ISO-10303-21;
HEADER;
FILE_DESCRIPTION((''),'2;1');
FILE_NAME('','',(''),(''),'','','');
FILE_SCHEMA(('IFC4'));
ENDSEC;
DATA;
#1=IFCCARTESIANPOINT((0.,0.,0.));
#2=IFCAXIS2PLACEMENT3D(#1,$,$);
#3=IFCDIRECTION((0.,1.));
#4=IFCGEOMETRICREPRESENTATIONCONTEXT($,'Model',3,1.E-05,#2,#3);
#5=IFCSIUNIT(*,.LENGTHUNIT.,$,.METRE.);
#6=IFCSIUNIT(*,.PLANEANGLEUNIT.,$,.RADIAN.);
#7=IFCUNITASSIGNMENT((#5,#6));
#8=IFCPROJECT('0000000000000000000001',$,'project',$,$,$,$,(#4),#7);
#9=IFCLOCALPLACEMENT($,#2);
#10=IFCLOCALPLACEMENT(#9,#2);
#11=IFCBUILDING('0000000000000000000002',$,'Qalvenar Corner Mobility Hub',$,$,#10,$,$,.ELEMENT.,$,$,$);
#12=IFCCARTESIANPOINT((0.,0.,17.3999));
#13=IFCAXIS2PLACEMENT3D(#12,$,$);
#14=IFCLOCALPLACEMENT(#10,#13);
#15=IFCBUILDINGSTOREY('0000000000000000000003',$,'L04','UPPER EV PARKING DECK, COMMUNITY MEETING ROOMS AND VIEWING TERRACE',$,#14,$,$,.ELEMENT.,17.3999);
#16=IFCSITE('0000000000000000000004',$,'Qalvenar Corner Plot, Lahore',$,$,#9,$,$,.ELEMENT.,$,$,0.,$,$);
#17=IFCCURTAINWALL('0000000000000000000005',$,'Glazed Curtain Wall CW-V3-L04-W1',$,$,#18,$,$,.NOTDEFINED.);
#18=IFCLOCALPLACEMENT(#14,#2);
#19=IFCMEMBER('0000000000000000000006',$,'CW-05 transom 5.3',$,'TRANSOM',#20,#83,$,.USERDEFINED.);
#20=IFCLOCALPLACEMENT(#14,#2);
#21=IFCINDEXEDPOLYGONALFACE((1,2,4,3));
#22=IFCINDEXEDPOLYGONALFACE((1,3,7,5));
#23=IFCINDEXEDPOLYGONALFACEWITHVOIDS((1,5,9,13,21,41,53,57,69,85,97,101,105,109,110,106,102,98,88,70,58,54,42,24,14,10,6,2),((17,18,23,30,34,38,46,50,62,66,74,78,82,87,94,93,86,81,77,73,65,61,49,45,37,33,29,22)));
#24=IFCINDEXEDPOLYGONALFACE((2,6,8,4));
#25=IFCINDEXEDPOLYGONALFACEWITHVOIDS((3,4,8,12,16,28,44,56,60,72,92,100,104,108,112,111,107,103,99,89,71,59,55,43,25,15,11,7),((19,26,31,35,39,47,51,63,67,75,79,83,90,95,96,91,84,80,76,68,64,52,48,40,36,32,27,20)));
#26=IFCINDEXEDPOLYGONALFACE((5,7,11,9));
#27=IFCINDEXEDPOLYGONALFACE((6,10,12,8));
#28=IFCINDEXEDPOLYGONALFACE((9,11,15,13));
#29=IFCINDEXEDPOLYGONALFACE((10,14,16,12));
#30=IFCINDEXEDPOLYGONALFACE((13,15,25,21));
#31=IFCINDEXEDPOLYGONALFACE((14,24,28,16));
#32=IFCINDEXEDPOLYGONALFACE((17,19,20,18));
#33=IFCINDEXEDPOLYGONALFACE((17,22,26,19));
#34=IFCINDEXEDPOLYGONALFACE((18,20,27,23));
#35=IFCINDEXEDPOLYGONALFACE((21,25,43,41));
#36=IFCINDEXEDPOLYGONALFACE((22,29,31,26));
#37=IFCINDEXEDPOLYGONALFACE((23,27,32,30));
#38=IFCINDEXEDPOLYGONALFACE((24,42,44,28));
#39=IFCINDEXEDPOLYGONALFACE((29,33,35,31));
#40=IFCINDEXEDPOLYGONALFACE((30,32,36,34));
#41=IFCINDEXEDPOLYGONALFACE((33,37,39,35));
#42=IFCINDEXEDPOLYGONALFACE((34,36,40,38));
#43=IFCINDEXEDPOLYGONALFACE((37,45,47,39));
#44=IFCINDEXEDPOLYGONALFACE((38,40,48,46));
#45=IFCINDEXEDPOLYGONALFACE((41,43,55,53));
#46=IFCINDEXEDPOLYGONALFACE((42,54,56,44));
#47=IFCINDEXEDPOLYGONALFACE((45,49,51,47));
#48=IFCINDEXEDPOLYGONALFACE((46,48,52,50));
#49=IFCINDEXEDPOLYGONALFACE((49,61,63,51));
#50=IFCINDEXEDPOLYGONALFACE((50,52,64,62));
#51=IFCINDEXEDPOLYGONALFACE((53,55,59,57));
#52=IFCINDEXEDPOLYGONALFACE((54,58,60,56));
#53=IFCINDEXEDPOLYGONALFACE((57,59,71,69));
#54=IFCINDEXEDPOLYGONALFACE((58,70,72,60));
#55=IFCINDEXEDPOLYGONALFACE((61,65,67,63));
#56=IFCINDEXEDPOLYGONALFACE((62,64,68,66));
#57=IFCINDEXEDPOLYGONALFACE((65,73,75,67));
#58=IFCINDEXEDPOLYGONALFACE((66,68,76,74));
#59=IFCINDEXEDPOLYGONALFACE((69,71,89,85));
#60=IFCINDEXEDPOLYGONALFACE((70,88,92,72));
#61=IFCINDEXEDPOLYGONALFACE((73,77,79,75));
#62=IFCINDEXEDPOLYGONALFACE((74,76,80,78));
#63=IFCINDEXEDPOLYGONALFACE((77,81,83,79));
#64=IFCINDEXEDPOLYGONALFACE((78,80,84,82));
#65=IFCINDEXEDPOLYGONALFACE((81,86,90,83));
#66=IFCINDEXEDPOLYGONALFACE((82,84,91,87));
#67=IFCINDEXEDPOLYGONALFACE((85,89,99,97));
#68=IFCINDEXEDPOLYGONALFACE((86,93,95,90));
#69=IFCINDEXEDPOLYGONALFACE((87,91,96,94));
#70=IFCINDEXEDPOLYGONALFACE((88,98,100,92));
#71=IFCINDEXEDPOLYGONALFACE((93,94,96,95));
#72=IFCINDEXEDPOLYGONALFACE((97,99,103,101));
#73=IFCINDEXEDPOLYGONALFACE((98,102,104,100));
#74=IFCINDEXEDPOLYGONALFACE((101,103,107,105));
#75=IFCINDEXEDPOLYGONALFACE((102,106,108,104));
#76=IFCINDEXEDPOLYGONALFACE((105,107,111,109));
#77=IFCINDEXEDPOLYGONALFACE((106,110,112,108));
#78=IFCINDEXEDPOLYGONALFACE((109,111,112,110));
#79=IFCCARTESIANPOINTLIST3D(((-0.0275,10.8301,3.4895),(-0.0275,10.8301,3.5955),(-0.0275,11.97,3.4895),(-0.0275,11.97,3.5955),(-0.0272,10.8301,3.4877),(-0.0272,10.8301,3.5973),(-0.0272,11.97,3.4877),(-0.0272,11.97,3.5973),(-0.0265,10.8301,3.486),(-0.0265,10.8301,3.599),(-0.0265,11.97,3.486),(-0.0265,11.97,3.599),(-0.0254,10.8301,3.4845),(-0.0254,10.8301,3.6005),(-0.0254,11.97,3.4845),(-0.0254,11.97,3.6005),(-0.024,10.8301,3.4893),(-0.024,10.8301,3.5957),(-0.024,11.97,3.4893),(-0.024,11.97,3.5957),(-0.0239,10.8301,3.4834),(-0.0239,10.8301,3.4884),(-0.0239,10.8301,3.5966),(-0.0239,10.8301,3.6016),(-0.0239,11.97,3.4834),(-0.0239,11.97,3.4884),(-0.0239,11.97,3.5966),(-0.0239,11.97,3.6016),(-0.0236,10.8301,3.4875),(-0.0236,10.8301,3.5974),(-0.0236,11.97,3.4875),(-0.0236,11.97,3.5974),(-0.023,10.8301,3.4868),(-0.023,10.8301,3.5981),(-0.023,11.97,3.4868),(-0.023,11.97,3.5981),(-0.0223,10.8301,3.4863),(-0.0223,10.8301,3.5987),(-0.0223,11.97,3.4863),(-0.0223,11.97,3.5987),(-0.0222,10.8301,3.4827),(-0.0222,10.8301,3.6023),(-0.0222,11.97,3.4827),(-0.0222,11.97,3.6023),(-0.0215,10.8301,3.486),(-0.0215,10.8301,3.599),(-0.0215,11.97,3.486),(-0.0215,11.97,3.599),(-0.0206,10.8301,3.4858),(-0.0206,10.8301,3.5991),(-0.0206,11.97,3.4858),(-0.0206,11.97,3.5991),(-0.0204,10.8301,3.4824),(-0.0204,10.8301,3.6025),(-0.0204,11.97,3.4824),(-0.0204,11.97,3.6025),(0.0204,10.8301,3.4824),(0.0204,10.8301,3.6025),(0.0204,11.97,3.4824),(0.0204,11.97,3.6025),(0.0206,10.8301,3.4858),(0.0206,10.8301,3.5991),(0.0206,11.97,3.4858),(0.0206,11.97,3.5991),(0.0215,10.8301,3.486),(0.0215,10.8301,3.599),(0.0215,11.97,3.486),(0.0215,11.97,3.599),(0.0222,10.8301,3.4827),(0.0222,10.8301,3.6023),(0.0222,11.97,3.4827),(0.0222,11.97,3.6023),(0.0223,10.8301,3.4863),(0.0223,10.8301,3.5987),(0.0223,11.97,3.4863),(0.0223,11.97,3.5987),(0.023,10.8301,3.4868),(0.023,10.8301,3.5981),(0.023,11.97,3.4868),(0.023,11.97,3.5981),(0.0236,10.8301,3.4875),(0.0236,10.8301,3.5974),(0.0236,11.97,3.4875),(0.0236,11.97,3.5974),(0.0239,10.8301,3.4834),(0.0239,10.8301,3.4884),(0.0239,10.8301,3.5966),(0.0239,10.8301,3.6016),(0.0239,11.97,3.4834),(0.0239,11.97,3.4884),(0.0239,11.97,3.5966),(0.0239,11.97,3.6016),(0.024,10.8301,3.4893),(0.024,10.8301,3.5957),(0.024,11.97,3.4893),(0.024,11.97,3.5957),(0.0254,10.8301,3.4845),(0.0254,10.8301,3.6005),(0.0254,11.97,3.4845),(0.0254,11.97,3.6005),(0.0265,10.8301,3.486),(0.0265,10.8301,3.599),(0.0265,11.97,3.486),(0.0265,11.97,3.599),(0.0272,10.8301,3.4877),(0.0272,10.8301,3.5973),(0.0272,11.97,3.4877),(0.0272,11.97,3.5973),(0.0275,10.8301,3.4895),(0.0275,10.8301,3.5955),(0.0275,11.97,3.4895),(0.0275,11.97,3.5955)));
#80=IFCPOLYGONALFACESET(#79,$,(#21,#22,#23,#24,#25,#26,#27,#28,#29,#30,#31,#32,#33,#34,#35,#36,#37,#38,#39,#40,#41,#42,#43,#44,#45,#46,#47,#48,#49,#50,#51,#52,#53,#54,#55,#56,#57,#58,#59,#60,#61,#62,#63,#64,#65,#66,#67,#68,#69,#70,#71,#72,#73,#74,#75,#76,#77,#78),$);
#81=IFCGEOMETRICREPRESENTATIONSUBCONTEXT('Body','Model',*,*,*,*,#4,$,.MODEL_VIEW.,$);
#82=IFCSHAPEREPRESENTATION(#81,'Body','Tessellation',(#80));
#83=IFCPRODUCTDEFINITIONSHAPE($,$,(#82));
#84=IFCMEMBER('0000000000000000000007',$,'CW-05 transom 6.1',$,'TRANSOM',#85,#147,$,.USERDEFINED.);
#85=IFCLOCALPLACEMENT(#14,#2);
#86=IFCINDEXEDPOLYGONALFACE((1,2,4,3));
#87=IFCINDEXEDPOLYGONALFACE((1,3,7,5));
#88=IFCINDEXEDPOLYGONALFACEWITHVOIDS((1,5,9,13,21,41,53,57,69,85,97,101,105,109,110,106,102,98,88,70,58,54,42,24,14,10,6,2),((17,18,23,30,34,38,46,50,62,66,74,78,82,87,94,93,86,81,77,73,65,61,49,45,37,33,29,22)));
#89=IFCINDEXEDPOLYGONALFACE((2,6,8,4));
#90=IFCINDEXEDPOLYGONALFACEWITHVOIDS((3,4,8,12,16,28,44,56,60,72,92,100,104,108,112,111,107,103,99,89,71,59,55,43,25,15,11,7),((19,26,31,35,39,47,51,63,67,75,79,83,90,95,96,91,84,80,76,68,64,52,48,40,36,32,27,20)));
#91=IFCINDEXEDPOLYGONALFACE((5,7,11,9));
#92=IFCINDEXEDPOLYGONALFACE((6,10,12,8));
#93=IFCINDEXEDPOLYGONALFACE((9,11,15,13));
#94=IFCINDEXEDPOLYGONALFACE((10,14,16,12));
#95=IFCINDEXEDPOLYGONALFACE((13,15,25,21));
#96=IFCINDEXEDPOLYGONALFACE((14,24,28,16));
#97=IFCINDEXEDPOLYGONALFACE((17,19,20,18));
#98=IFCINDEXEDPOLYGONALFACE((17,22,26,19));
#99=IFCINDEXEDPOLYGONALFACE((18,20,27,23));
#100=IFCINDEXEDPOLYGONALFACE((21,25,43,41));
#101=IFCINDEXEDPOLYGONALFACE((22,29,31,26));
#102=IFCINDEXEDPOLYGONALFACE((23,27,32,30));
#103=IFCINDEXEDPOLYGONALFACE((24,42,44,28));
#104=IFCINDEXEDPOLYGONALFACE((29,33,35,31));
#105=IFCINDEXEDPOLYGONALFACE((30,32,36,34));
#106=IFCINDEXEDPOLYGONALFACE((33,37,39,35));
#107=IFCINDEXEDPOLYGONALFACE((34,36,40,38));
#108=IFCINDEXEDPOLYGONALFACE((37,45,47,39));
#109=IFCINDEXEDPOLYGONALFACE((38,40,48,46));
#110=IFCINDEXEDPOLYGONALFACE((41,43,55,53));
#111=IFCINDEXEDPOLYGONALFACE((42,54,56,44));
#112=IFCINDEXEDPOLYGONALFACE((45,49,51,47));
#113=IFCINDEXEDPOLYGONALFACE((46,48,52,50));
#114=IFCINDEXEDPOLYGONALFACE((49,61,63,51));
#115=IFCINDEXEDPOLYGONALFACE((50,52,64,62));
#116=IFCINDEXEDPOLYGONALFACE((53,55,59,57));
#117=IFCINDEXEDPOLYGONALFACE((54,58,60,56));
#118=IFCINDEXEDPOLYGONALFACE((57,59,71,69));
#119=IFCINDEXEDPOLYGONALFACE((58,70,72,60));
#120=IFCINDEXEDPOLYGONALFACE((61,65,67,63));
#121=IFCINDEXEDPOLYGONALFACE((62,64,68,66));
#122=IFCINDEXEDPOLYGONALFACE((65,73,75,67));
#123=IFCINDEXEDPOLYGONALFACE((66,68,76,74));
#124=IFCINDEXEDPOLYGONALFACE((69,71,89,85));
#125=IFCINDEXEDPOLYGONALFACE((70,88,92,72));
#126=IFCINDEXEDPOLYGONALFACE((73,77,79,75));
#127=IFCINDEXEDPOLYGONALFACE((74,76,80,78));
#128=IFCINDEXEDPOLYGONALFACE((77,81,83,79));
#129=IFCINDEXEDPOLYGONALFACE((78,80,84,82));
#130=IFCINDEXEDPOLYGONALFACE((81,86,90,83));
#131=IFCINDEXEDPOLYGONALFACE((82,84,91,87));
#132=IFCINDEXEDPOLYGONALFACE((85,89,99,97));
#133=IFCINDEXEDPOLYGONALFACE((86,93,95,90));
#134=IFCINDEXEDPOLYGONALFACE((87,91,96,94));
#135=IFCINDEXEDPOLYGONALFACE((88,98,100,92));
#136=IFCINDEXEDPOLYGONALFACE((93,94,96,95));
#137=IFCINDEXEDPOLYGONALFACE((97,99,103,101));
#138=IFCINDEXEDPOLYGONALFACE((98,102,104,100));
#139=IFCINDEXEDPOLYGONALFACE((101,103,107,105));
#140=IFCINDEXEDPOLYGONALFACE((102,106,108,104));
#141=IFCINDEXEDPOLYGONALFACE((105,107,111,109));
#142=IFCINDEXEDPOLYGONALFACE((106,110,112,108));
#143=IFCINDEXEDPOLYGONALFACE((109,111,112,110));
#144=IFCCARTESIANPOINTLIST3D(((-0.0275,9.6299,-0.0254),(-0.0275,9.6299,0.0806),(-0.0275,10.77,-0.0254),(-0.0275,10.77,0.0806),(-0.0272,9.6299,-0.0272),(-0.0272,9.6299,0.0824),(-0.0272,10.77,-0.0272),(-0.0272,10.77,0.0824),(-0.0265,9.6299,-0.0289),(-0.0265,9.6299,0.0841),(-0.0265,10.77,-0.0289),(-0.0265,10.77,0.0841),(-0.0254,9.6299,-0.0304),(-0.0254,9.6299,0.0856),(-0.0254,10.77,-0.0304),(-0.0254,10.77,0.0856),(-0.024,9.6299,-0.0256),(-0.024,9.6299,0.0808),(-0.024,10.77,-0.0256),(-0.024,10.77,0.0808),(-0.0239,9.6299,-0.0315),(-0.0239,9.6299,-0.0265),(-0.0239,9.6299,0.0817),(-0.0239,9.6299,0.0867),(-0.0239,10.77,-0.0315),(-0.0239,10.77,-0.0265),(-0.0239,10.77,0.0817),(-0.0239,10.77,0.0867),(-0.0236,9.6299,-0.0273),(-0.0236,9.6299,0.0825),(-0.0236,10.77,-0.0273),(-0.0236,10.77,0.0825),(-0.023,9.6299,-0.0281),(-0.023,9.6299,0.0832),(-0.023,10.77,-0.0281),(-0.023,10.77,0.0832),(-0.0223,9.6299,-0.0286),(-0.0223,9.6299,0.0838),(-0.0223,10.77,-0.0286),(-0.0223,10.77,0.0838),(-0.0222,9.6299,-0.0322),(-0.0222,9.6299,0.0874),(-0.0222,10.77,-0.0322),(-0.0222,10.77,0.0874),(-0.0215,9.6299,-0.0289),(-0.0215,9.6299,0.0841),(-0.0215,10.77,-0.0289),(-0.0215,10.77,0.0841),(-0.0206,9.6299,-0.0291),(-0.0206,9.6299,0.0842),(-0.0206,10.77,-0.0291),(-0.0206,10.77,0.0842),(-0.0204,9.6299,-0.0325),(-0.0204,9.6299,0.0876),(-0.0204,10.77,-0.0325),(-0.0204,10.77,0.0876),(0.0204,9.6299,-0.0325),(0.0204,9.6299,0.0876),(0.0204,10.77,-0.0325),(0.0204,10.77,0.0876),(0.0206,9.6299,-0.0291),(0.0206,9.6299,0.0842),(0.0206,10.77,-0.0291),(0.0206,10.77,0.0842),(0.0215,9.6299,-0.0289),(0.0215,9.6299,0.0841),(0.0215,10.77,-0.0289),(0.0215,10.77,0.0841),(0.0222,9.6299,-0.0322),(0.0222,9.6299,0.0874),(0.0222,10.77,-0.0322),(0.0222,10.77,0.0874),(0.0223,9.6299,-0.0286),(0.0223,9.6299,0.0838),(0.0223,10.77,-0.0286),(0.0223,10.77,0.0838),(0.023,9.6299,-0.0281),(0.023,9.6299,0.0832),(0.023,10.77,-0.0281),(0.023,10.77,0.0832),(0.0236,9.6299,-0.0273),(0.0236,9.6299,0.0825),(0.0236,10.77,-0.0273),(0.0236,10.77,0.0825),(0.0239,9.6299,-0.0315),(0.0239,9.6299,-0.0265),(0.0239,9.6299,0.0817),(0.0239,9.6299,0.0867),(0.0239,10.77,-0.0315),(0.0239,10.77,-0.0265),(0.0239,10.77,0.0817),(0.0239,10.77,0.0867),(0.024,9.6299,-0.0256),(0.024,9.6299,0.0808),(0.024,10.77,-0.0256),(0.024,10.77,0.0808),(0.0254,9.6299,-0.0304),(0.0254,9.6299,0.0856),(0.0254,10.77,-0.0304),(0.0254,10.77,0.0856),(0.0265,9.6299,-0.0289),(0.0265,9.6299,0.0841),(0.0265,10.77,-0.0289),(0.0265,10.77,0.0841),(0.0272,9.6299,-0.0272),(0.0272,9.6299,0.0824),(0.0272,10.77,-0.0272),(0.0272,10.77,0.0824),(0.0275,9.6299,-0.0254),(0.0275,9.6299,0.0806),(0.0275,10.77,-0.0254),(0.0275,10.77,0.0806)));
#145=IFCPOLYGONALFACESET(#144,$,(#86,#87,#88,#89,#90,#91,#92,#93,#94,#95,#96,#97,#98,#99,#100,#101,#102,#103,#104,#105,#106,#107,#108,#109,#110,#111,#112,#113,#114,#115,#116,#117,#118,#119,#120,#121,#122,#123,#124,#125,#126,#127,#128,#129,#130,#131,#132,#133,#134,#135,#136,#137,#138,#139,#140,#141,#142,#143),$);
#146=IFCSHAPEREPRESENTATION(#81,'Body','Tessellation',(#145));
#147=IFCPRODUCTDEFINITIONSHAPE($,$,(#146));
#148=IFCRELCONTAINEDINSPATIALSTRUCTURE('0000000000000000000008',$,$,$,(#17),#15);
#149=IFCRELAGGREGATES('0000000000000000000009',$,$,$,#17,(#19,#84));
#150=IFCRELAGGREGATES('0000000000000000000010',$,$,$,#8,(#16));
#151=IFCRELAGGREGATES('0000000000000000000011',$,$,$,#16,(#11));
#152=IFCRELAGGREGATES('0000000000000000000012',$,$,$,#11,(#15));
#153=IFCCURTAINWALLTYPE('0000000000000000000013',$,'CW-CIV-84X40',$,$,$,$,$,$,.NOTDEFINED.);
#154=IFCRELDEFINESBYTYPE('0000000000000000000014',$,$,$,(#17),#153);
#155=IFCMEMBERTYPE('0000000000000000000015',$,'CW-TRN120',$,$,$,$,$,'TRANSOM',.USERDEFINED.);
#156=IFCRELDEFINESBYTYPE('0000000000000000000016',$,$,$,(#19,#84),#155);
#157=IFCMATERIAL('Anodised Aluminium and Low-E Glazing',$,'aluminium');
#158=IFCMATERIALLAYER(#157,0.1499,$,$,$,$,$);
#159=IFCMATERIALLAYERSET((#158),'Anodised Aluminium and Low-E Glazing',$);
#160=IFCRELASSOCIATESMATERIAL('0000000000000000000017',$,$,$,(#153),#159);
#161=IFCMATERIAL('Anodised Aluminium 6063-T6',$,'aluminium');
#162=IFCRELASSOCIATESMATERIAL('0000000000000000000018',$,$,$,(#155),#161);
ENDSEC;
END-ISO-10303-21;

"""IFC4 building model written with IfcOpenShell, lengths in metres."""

from ifc_helpers import new_model, si_unit, direction, frame, origin, origin_2d, place, context, subcontext, project, spatial, hollow_rectangle, extrude, material, layer, layer_set, material_profile, profile_set, type_object, element, aggregate, save


model = new_model("IFC4")

# Units and contexts
model_context = context("Model", 3, precision=1e-05, world=origin(), true_north=direction((0.0, 1.0)))
body_context = subcontext(model_context, "Body", "Model", "MODEL_VIEW")
ifc_project = project(units=[si_unit("LENGTHUNIT", "METRE"), si_unit("PLANEANGLEUNIT", "RADIAN")], contexts=[model_context])

# Site, building, storey
site_placement = place(None, origin())
site = spatial("IfcSite", under=ifc_project, at=site_placement, Name="Qalvenar Corner Plot, Lahore", CompositionType="ELEMENT", RefElevation=0.0)
building_placement = place(site_placement, origin())
building = spatial("IfcBuilding", under=site, at=building_placement, Name="Qalvenar Corner Mobility Hub", CompositionType="ELEMENT")
storey_placement = place(building_placement, frame((0.0, 0.0, 17.3999)))
storey = spatial("IfcBuildingStorey", under=building, at=storey_placement, Name="L04", Description="UPPER EV PARKING DECK, COMMUNITY MEETING ROOMS AND VIEWING TERRACE", CompositionType="ELEMENT", Elevation=17.3999)

# Curtain wall, members
ifc_material_1 = material(Name="Anodised Aluminium and Low-E Glazing", Category="aluminium")
ifc_layer_1 = layer(ifc_material_1, 0.1499)
ifc_layer_set_1 = layer_set([ifc_layer_1], Name="Anodised Aluminium and Low-E Glazing")
curtain_wall_type = type_object("IfcCurtainWallType", Name="CW-CIV-84X40", PredefinedType="NOTDEFINED", material=ifc_layer_set_1)
curtain_wall_placement = place(storey_placement, origin())
curtain_wall = element("IfcCurtainWall", 1, at=curtain_wall_placement, inside=storey, type_object=curtain_wall_type, Name="Glazed Curtain Wall CW-V3-L04-W1", PredefinedType="NOTDEFINED")
ifc_material_2 = material(Name="Anodised Aluminium 6063-T6", Category="aluminium")
ifc_material_profile_1 = material_profile(ifc_material_2, hollow_rectangle(XDim=0.0549, YDim=0.1201, WallThickness=0.0034, InnerFilletRadius=0.0034, OuterFilletRadius=0.0071, at=origin_2d()), Name="RHS120x55x3.5")
ifc_profile_set_1 = profile_set([ifc_material_profile_1], Name="Anodised Aluminium 6063-T6")
member_type_1 = type_object("IfcMemberType", Name="CW-TRN120", ElementType="TRANSOM", PredefinedType="USERDEFINED", material=ifc_profile_set_1)
member_1_placement = place(storey_placement, frame((0.0, 11.97, 3.5425), z_axis=(0.0, -1.0, 0.0), x_axis=(1.0, 0.0, 0.0)))
member_1 = element("IfcMember", 2, at=member_1_placement, type_object=member_type_1, Name="CW-05 transom 5.3", ObjectType="TRANSOM", PredefinedType="USERDEFINED", context=body_context, shape_type="SweptSolid", body=[
    extrude(hollow_rectangle(XDim=0.0549, YDim=0.1201, WallThickness=0.0034, InnerFilletRadius=0.0034, OuterFilletRadius=0.0071, at=origin_2d()), origin(), (0.0, 0.0, 1.0), 1.1399),
])
member_2_placement = place(storey_placement, frame((0.0, 10.77, 0.0276), z_axis=(0.0, -1.0, 0.0), x_axis=(1.0, 0.0, 0.0)))
member_2 = element("IfcMember", 3, at=member_2_placement, type_object=member_type_1, Name="CW-05 transom 6.1", ObjectType="TRANSOM", PredefinedType="USERDEFINED", context=body_context, shape_type="SweptSolid", body=[
    extrude(hollow_rectangle(XDim=0.0549, YDim=0.1201, WallThickness=0.0034, InnerFilletRadius=0.0034, OuterFilletRadius=0.0071, at=origin_2d()), origin(), (0.0, 0.0, 1.0), 1.1401),
])
aggregate(curtain_wall, [member_1, member_2])

save(model, "model.ifc")
